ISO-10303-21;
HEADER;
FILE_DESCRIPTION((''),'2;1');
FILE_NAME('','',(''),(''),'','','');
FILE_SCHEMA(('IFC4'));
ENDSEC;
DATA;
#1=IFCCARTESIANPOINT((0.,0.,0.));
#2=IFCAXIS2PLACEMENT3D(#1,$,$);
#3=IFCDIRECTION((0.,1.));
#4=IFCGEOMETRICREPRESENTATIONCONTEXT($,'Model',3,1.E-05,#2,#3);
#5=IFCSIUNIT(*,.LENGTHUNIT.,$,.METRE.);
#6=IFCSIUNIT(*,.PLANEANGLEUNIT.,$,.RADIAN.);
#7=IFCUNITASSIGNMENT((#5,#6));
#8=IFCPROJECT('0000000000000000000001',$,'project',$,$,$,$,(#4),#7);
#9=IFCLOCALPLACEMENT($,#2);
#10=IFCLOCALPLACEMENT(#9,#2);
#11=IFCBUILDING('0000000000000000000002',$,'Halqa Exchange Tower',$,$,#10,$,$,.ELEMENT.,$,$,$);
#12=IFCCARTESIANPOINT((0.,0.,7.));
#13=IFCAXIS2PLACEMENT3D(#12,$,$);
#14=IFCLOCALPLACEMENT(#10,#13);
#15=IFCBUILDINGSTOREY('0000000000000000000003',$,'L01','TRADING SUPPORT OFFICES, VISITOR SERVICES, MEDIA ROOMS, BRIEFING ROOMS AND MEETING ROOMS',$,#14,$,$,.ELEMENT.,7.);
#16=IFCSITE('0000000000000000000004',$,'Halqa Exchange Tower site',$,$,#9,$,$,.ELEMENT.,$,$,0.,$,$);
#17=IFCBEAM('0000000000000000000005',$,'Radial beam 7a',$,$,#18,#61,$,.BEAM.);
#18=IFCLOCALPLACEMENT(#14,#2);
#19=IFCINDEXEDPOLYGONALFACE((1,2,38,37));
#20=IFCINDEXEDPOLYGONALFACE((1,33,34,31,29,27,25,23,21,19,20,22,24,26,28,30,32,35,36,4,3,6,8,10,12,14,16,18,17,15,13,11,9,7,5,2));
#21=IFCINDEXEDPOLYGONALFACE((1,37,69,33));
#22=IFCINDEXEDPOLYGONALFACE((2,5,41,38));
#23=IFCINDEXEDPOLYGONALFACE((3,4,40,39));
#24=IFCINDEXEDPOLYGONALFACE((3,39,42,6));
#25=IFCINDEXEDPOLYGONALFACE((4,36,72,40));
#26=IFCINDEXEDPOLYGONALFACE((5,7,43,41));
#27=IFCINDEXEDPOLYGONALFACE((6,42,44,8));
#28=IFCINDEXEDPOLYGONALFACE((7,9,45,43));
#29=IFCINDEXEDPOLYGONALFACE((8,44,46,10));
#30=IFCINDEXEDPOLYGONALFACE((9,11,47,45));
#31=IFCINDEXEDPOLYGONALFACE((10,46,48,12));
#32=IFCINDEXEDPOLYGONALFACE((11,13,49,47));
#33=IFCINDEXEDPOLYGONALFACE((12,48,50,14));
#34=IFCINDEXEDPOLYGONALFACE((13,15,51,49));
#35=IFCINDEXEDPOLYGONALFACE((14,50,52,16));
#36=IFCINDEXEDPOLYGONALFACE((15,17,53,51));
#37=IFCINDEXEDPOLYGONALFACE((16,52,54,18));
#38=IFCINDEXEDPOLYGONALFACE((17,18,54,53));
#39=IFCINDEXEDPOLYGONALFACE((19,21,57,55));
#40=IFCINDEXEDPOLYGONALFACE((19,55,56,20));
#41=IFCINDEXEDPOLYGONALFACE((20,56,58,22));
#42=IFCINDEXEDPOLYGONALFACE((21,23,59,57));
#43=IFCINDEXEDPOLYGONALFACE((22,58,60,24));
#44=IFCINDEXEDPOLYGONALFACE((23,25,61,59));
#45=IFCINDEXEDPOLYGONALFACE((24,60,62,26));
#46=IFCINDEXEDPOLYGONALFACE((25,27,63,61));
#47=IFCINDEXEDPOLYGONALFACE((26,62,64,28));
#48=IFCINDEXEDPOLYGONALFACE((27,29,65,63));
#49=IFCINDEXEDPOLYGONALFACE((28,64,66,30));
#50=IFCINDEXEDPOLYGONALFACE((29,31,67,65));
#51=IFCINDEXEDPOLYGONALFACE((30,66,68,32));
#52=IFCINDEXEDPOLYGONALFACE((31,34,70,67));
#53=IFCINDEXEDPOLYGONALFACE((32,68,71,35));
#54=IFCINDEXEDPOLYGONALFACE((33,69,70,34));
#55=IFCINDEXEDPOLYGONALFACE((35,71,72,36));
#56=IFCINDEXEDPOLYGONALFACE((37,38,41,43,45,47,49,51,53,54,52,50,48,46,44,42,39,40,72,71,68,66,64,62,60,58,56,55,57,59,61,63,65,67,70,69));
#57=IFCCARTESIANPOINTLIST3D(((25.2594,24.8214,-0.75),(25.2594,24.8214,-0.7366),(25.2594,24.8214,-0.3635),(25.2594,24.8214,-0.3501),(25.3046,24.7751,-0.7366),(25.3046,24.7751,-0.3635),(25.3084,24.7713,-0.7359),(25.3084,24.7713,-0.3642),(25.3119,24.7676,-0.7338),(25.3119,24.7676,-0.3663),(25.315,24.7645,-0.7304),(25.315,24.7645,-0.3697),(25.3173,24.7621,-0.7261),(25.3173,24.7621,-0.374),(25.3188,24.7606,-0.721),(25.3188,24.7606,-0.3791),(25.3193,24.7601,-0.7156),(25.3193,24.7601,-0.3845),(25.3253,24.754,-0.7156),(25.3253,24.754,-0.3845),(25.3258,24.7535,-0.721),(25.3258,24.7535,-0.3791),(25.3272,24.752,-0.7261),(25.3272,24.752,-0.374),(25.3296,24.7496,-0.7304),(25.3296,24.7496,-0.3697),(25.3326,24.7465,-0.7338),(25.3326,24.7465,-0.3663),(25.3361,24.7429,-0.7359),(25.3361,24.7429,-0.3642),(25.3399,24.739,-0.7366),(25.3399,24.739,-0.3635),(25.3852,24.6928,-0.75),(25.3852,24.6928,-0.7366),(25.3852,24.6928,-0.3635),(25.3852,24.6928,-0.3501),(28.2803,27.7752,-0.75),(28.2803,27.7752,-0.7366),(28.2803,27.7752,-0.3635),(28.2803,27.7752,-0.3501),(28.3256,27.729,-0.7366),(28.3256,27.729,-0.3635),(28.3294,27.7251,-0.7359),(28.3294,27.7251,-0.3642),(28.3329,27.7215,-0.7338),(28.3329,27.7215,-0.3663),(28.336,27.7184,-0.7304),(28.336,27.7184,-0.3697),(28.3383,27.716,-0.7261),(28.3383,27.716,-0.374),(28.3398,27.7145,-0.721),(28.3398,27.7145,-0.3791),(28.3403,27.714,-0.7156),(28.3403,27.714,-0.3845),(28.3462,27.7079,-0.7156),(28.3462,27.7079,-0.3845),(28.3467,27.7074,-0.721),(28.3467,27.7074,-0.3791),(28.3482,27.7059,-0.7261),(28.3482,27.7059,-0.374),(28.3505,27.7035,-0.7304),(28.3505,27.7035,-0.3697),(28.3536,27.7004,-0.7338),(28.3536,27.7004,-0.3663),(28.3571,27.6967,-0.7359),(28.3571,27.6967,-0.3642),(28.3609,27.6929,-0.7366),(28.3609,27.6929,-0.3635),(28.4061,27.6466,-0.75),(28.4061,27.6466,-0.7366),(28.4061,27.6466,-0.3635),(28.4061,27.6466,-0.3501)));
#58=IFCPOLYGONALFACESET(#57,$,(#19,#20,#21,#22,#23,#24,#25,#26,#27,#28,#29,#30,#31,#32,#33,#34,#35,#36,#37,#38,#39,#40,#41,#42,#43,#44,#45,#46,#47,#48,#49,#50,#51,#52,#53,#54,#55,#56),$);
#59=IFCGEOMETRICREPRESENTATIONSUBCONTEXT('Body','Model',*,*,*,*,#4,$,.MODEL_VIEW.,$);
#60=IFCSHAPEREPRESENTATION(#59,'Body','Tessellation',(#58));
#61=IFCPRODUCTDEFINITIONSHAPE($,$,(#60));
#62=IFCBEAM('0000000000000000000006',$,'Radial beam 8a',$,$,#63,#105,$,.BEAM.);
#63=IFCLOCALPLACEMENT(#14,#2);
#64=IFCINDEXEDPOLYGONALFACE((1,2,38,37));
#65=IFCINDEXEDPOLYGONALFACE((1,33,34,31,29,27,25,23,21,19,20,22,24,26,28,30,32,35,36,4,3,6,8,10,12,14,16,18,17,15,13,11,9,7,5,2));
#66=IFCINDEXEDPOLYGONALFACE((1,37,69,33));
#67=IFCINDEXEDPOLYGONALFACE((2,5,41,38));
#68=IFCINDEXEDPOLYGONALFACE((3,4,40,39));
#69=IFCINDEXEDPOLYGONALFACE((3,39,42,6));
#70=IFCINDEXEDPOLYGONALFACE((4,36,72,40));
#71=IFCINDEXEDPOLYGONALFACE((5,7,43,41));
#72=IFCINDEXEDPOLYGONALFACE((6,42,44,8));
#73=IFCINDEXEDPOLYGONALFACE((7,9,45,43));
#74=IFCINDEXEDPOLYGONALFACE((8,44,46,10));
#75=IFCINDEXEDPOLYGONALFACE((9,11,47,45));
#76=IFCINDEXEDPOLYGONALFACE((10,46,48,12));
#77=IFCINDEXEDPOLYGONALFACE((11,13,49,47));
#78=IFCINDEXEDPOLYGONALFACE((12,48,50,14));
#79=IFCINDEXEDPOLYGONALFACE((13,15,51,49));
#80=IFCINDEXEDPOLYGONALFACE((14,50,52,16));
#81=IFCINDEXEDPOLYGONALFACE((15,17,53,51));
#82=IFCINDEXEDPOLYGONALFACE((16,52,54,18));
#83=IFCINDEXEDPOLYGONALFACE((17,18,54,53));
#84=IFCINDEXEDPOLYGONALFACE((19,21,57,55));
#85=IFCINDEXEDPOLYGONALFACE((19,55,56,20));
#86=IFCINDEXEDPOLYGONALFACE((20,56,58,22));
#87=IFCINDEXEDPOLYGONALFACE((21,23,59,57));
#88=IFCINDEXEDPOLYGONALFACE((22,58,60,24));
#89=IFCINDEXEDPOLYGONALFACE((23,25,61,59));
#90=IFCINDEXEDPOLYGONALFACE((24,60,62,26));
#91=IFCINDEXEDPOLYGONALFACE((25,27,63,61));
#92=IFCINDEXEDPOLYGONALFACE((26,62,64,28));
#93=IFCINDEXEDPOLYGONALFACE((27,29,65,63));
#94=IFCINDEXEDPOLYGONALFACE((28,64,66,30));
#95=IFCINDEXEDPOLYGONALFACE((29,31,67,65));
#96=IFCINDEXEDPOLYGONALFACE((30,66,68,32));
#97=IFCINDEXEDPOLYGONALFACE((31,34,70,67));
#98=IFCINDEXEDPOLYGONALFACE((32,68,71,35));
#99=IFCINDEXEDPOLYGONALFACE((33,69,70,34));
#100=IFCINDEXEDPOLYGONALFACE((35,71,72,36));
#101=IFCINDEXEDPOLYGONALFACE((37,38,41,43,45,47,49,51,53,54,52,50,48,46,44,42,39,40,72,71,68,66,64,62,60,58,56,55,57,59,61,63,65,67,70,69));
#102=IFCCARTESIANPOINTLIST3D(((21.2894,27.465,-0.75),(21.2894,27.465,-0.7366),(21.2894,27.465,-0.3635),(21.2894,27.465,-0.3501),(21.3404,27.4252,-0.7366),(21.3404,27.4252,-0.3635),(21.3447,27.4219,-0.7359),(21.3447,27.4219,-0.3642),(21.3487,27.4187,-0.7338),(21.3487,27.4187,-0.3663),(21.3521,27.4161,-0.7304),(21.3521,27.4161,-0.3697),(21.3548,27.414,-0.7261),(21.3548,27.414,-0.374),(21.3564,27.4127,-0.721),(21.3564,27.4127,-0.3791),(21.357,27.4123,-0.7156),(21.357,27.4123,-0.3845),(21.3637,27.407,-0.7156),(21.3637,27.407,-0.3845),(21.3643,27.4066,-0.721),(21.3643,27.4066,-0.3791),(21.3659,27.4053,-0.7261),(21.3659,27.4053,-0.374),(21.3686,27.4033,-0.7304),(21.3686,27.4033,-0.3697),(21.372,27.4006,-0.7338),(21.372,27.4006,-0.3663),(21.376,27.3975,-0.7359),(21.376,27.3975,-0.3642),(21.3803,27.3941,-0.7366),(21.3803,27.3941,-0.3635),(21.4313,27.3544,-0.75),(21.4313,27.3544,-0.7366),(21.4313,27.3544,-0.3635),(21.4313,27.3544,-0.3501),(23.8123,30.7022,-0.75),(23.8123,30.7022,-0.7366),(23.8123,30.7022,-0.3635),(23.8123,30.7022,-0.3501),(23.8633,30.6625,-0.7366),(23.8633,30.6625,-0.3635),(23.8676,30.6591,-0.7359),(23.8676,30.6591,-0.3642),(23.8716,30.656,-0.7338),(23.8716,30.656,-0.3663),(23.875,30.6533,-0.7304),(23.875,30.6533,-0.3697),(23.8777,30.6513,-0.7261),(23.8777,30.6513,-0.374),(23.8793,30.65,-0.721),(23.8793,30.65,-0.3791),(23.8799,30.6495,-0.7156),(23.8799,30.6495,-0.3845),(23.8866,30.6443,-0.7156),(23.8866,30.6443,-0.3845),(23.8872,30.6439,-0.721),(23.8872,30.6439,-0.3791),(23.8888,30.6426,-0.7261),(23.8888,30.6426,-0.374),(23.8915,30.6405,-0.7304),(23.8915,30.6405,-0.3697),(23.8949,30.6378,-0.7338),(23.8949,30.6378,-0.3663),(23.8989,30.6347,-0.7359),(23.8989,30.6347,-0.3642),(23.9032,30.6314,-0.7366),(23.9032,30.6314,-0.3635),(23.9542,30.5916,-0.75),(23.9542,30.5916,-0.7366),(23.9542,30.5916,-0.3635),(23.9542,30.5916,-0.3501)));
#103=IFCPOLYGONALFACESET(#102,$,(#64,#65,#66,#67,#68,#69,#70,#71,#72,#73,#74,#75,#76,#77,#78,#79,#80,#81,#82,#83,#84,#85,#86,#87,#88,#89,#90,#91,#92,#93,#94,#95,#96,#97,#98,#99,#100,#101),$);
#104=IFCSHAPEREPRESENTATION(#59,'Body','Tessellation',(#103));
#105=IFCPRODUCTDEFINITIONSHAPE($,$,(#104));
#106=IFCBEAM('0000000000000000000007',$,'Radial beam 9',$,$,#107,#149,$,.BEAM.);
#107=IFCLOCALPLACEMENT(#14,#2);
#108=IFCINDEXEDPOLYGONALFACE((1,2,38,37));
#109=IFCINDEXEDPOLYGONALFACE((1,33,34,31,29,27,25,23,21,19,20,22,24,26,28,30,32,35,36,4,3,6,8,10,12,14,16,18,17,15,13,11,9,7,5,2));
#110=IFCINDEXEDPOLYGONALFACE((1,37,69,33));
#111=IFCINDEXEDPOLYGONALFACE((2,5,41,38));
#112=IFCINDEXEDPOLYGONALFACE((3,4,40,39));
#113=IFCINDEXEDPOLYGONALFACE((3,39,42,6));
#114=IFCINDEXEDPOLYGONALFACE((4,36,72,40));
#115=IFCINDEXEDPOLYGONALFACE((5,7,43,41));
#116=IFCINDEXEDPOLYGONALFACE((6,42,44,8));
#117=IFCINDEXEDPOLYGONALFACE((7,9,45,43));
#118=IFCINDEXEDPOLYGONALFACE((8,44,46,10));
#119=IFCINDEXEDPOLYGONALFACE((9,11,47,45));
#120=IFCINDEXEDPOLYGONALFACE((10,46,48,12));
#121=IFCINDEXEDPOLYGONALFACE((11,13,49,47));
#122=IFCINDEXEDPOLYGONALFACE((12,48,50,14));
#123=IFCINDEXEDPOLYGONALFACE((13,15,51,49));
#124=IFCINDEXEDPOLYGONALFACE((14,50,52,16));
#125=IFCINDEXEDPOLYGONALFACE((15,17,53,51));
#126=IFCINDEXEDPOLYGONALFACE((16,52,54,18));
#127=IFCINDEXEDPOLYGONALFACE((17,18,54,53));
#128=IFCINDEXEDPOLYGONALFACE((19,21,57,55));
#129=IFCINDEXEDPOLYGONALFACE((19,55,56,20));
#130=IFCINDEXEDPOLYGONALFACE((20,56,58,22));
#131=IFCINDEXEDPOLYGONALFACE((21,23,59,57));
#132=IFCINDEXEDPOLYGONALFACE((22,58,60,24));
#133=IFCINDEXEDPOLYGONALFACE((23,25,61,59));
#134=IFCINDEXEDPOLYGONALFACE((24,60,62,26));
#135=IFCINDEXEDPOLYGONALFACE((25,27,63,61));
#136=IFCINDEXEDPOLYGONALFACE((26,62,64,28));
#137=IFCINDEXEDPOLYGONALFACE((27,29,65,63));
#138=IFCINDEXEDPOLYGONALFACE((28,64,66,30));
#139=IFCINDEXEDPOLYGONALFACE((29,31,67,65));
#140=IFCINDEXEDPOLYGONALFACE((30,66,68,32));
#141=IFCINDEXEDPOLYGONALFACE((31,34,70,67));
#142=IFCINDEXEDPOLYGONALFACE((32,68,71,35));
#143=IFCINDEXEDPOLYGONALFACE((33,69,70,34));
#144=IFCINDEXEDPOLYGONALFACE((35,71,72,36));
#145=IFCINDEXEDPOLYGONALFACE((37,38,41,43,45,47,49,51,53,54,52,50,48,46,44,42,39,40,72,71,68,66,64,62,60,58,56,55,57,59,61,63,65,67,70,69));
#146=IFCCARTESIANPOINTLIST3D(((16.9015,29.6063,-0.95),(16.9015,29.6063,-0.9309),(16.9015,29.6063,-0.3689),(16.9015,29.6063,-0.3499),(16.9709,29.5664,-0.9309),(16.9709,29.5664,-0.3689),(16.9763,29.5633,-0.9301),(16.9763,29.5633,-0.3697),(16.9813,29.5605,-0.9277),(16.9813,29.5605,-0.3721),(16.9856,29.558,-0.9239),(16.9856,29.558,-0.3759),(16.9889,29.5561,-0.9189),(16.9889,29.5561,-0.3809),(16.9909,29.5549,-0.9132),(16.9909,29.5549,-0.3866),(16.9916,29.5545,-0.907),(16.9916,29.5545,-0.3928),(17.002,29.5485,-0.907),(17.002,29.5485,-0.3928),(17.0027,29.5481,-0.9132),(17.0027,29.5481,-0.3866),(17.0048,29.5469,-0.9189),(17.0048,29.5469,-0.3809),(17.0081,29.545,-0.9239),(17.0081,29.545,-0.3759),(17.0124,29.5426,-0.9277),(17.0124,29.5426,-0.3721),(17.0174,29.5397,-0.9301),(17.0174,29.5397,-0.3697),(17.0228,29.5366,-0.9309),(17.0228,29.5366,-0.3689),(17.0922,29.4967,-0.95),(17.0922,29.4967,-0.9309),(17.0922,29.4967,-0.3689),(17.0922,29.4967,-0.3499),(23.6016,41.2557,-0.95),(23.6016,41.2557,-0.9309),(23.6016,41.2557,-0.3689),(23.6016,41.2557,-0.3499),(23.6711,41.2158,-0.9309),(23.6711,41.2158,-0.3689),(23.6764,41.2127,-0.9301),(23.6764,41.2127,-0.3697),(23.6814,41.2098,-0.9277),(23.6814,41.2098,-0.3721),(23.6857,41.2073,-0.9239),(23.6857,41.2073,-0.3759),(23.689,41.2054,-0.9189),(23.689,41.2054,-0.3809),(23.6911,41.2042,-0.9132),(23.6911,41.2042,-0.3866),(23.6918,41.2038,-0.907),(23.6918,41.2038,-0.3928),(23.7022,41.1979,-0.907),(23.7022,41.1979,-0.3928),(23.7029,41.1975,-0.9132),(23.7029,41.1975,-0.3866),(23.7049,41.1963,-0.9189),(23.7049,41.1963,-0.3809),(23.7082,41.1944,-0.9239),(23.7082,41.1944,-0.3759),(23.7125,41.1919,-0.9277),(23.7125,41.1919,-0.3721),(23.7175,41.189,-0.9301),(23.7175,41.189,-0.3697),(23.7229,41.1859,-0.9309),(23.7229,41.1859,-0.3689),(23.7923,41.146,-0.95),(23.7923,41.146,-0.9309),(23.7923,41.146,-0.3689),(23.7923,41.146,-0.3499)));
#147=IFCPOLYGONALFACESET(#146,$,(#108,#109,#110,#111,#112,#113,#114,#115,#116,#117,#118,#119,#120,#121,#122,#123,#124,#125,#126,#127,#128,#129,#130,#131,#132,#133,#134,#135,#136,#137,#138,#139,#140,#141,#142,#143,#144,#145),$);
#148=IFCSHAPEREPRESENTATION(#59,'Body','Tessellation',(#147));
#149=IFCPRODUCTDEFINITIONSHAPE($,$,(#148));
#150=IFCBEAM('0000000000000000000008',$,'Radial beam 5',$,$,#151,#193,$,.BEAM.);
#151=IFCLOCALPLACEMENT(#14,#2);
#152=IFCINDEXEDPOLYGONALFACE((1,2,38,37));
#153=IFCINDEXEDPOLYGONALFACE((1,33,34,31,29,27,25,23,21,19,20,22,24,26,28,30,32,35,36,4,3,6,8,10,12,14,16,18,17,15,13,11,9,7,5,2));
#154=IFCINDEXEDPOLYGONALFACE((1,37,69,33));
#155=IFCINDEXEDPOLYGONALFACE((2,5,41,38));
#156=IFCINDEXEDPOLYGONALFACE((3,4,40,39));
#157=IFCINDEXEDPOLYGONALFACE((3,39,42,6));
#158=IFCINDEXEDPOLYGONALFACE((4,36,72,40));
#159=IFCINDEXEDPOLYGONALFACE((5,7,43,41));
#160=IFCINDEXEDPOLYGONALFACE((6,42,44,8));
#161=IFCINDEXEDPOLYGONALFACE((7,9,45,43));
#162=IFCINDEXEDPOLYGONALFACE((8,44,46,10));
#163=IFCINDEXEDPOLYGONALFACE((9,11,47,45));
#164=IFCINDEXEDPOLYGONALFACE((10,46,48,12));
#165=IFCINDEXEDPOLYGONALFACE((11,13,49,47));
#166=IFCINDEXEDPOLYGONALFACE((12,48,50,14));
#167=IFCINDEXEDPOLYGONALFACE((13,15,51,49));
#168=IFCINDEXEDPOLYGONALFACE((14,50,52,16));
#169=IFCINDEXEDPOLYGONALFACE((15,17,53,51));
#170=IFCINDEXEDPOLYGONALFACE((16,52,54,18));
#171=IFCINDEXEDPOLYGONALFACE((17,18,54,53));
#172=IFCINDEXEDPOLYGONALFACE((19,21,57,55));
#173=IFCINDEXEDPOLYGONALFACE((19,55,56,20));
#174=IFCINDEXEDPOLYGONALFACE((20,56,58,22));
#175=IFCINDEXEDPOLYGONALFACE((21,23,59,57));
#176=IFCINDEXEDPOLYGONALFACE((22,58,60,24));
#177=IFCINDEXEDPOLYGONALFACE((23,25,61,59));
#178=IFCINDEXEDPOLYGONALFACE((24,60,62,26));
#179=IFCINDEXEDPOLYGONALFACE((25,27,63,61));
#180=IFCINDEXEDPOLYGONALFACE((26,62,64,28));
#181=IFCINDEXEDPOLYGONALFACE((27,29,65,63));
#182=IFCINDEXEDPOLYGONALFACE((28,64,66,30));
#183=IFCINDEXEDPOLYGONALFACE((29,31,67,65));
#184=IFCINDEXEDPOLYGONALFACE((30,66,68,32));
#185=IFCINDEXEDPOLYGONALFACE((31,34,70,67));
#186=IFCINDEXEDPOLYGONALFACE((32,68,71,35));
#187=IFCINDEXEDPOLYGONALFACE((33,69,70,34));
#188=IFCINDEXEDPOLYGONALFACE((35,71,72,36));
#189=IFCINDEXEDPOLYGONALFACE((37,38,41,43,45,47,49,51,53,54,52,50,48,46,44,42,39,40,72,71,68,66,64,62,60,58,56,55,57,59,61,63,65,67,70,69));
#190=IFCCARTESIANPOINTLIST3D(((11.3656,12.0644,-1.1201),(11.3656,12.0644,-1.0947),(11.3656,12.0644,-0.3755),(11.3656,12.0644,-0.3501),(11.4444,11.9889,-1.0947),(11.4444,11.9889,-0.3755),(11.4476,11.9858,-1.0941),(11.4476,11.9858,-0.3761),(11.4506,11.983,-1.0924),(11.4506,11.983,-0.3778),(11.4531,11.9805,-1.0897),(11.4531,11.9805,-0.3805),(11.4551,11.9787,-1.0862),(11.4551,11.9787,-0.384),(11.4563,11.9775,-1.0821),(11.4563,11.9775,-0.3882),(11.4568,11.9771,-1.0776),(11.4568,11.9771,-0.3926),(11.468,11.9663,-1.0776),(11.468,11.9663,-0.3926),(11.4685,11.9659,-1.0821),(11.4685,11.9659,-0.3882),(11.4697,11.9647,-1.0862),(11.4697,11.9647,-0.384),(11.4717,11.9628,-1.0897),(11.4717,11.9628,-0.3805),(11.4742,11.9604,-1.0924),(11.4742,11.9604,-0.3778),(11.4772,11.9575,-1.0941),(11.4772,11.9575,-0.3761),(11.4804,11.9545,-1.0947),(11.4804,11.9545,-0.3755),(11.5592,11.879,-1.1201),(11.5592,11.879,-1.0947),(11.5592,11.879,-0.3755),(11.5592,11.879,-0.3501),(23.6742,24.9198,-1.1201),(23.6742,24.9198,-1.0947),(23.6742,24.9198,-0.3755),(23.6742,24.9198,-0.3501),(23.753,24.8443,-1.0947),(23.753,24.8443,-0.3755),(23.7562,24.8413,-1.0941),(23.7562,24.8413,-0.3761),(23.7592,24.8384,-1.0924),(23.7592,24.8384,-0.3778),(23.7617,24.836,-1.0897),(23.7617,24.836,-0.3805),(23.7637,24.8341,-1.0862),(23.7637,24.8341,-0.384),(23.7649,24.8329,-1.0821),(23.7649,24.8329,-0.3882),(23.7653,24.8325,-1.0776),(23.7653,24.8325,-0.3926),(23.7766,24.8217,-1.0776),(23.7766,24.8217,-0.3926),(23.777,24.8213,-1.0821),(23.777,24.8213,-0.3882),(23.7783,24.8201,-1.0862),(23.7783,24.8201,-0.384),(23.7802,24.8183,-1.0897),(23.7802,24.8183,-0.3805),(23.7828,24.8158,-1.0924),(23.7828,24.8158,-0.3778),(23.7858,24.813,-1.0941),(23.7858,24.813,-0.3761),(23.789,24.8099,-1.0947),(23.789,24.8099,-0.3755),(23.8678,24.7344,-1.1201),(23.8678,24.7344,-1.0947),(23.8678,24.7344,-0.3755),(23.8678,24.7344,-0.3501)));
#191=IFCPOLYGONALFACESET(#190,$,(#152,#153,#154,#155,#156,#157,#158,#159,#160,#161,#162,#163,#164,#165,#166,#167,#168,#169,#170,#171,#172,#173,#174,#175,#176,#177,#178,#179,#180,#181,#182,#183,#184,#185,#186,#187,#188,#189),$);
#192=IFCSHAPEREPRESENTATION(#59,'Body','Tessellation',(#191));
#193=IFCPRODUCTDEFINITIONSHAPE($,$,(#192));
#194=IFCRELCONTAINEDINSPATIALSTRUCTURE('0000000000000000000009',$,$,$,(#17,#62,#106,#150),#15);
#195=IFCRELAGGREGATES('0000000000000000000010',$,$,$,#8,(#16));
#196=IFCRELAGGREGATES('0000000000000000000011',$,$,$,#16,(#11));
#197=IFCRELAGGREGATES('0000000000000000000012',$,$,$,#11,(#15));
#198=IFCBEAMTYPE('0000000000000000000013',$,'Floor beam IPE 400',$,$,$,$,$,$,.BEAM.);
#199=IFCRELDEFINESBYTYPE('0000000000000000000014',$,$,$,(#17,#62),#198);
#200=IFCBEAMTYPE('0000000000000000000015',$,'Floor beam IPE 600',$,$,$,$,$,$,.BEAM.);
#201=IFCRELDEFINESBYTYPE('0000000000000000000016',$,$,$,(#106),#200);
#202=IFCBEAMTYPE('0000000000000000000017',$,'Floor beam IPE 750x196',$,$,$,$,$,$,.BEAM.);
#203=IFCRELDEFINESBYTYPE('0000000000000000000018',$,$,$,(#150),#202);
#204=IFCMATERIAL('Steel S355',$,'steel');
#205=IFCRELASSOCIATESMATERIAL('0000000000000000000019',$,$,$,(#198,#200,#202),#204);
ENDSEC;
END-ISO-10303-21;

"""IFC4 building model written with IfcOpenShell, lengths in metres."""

from ifc_helpers import new_model, si_unit, direction, frame, origin, origin_2d, place, context, subcontext, project, spatial, i_section, extrude, material, material_profile, profile_set, type_object, element, save


model = new_model("IFC4")

# Units and contexts
model_context = context("Model", 3, precision=1e-05, world=origin(), true_north=direction((0.0, 1.0)))
body_context = subcontext(model_context, "Body", "Model", "MODEL_VIEW")
ifc_project = project(units=[si_unit("LENGTHUNIT", "METRE"), si_unit("PLANEANGLEUNIT", "RADIAN")], contexts=[model_context])

# Site, building, storey
site_placement = place(None, origin())
site = spatial("IfcSite", under=ifc_project, at=site_placement, Name="Halqa Exchange Tower site", CompositionType="ELEMENT", RefElevation=0.0)
building_placement = place(site_placement, origin())
building = spatial("IfcBuilding", under=site, at=building_placement, Name="Halqa Exchange Tower", CompositionType="ELEMENT")
storey_placement = place(building_placement, frame((0.0, 0.0, 7.0)))
storey = spatial("IfcBuildingStorey", under=building, at=storey_placement, Name="L01", Description="TRADING SUPPORT OFFICES, VISITOR SERVICES, MEDIA ROOMS, BRIEFING ROOMS AND MEETING ROOMS", CompositionType="ELEMENT", Elevation=7.0)

# Beams
ifc_material_1 = material(Name="Steel S355", Category="steel")
ifc_material_profile_1 = material_profile(ifc_material_1, i_section(OverallWidth=0.1799, OverallDepth=0.3999, WebThickness=0.0085, FlangeThickness=0.0134, FilletRadius=0.021, at=origin_2d()), Name="IPE 400")
ifc_profile_set_1 = profile_set([ifc_material_profile_1], Name="Steel S355")
beam_type_1 = type_object("IfcBeamType", Name="Floor beam IPE 400", PredefinedType="BEAM", material=ifc_profile_set_1)
beam_1_placement = place(storey_placement, frame((25.3223, 24.7571, -0.55), z_axis=(0.715007, 0.699117, 0.0), x_axis=(-0.699117, 0.715007, 0.0)))
element("IfcBeam", 1, at=beam_1_placement, inside=storey, type_object=beam_type_1, Name="Radial beam 7a", PredefinedType="BEAM", context=body_context, shape_type="SweptSolid", body=[
    extrude(i_section(OverallWidth=0.1799, OverallDepth=0.3999, WebThickness=0.0085, FlangeThickness=0.0134, FilletRadius=0.021, at=origin_2d()), origin(), (0.0, 0.0, 1.0), 4.2251),
])
beam_2_placement = place(storey_placement, frame((21.3604, 27.4097, -0.55), z_axis=(0.614706, 0.788756, 0.0), x_axis=(-0.788756, 0.614706, 0.0)))
element("IfcBeam", 2, at=beam_2_placement, inside=storey, type_object=beam_type_1, Name="Radial beam 8a", PredefinedType="BEAM", context=body_context, shape_type="SweptSolid", body=[
    extrude(i_section(OverallWidth=0.1799, OverallDepth=0.3999, WebThickness=0.0085, FlangeThickness=0.0134, FilletRadius=0.021, at=origin_2d()), origin(), (0.0, 0.0, 1.0), 4.1042),
])
ifc_material_profile_2 = material_profile(ifc_material_1, i_section(OverallWidth=0.22, OverallDepth=0.6001, WebThickness=0.012, FlangeThickness=0.019, FilletRadius=0.0239, at=origin_2d()), Name="IPE 600")
ifc_profile_set_2 = profile_set([ifc_material_profile_2], Name="Steel S355")
beam_type_2 = type_object("IfcBeamType", Name="Floor beam IPE 600", PredefinedType="BEAM", material=ifc_profile_set_2)
beam_3_placement = place(storey_placement, frame((16.9968, 29.5515, -0.6499), z_axis=(0.498571, 0.866849, 0.0), x_axis=(-0.866849, 0.498571, 0.0)))
element("IfcBeam", 3, at=beam_3_placement, inside=storey, type_object=beam_type_2, Name="Radial beam 9", PredefinedType="BEAM", context=body_context, shape_type="SweptSolid", body=[
    extrude(i_section(OverallWidth=0.22, OverallDepth=0.6001, WebThickness=0.012, FlangeThickness=0.019, FilletRadius=0.0239, at=origin_2d()), origin(), (0.0, 0.0, 1.0), 13.4387),
])
ifc_material_profile_3 = material_profile(ifc_material_1, i_section(OverallWidth=0.2681, OverallDepth=0.77, WebThickness=0.0156, FlangeThickness=0.0254, FilletRadius=0.0171, at=origin_2d()), Name="IPE 750x196")
ifc_profile_set_3 = profile_set([ifc_material_profile_3], Name="Steel S355")
beam_type_3 = type_object("IfcBeamType", Name="Floor beam IPE 750x196", PredefinedType="BEAM", material=ifc_profile_set_3)
beam_4_placement = place(storey_placement, frame((11.4624, 11.9717, -0.7351), z_axis=(0.691576, 0.722303, 0.0), x_axis=(-0.722303, 0.691576, 0.0)))
element("IfcBeam", 4, at=beam_4_placement, inside=storey, type_object=beam_type_3, Name="Radial beam 5", PredefinedType="BEAM", context=body_context, shape_type="SweptSolid", body=[
    extrude(i_section(OverallWidth=0.2681, OverallDepth=0.77, WebThickness=0.0156, FlangeThickness=0.0254, FilletRadius=0.0171, at=origin_2d()), origin(), (0.0, 0.0, 1.0), 17.7979),
])

save(model, "model.ifc")
